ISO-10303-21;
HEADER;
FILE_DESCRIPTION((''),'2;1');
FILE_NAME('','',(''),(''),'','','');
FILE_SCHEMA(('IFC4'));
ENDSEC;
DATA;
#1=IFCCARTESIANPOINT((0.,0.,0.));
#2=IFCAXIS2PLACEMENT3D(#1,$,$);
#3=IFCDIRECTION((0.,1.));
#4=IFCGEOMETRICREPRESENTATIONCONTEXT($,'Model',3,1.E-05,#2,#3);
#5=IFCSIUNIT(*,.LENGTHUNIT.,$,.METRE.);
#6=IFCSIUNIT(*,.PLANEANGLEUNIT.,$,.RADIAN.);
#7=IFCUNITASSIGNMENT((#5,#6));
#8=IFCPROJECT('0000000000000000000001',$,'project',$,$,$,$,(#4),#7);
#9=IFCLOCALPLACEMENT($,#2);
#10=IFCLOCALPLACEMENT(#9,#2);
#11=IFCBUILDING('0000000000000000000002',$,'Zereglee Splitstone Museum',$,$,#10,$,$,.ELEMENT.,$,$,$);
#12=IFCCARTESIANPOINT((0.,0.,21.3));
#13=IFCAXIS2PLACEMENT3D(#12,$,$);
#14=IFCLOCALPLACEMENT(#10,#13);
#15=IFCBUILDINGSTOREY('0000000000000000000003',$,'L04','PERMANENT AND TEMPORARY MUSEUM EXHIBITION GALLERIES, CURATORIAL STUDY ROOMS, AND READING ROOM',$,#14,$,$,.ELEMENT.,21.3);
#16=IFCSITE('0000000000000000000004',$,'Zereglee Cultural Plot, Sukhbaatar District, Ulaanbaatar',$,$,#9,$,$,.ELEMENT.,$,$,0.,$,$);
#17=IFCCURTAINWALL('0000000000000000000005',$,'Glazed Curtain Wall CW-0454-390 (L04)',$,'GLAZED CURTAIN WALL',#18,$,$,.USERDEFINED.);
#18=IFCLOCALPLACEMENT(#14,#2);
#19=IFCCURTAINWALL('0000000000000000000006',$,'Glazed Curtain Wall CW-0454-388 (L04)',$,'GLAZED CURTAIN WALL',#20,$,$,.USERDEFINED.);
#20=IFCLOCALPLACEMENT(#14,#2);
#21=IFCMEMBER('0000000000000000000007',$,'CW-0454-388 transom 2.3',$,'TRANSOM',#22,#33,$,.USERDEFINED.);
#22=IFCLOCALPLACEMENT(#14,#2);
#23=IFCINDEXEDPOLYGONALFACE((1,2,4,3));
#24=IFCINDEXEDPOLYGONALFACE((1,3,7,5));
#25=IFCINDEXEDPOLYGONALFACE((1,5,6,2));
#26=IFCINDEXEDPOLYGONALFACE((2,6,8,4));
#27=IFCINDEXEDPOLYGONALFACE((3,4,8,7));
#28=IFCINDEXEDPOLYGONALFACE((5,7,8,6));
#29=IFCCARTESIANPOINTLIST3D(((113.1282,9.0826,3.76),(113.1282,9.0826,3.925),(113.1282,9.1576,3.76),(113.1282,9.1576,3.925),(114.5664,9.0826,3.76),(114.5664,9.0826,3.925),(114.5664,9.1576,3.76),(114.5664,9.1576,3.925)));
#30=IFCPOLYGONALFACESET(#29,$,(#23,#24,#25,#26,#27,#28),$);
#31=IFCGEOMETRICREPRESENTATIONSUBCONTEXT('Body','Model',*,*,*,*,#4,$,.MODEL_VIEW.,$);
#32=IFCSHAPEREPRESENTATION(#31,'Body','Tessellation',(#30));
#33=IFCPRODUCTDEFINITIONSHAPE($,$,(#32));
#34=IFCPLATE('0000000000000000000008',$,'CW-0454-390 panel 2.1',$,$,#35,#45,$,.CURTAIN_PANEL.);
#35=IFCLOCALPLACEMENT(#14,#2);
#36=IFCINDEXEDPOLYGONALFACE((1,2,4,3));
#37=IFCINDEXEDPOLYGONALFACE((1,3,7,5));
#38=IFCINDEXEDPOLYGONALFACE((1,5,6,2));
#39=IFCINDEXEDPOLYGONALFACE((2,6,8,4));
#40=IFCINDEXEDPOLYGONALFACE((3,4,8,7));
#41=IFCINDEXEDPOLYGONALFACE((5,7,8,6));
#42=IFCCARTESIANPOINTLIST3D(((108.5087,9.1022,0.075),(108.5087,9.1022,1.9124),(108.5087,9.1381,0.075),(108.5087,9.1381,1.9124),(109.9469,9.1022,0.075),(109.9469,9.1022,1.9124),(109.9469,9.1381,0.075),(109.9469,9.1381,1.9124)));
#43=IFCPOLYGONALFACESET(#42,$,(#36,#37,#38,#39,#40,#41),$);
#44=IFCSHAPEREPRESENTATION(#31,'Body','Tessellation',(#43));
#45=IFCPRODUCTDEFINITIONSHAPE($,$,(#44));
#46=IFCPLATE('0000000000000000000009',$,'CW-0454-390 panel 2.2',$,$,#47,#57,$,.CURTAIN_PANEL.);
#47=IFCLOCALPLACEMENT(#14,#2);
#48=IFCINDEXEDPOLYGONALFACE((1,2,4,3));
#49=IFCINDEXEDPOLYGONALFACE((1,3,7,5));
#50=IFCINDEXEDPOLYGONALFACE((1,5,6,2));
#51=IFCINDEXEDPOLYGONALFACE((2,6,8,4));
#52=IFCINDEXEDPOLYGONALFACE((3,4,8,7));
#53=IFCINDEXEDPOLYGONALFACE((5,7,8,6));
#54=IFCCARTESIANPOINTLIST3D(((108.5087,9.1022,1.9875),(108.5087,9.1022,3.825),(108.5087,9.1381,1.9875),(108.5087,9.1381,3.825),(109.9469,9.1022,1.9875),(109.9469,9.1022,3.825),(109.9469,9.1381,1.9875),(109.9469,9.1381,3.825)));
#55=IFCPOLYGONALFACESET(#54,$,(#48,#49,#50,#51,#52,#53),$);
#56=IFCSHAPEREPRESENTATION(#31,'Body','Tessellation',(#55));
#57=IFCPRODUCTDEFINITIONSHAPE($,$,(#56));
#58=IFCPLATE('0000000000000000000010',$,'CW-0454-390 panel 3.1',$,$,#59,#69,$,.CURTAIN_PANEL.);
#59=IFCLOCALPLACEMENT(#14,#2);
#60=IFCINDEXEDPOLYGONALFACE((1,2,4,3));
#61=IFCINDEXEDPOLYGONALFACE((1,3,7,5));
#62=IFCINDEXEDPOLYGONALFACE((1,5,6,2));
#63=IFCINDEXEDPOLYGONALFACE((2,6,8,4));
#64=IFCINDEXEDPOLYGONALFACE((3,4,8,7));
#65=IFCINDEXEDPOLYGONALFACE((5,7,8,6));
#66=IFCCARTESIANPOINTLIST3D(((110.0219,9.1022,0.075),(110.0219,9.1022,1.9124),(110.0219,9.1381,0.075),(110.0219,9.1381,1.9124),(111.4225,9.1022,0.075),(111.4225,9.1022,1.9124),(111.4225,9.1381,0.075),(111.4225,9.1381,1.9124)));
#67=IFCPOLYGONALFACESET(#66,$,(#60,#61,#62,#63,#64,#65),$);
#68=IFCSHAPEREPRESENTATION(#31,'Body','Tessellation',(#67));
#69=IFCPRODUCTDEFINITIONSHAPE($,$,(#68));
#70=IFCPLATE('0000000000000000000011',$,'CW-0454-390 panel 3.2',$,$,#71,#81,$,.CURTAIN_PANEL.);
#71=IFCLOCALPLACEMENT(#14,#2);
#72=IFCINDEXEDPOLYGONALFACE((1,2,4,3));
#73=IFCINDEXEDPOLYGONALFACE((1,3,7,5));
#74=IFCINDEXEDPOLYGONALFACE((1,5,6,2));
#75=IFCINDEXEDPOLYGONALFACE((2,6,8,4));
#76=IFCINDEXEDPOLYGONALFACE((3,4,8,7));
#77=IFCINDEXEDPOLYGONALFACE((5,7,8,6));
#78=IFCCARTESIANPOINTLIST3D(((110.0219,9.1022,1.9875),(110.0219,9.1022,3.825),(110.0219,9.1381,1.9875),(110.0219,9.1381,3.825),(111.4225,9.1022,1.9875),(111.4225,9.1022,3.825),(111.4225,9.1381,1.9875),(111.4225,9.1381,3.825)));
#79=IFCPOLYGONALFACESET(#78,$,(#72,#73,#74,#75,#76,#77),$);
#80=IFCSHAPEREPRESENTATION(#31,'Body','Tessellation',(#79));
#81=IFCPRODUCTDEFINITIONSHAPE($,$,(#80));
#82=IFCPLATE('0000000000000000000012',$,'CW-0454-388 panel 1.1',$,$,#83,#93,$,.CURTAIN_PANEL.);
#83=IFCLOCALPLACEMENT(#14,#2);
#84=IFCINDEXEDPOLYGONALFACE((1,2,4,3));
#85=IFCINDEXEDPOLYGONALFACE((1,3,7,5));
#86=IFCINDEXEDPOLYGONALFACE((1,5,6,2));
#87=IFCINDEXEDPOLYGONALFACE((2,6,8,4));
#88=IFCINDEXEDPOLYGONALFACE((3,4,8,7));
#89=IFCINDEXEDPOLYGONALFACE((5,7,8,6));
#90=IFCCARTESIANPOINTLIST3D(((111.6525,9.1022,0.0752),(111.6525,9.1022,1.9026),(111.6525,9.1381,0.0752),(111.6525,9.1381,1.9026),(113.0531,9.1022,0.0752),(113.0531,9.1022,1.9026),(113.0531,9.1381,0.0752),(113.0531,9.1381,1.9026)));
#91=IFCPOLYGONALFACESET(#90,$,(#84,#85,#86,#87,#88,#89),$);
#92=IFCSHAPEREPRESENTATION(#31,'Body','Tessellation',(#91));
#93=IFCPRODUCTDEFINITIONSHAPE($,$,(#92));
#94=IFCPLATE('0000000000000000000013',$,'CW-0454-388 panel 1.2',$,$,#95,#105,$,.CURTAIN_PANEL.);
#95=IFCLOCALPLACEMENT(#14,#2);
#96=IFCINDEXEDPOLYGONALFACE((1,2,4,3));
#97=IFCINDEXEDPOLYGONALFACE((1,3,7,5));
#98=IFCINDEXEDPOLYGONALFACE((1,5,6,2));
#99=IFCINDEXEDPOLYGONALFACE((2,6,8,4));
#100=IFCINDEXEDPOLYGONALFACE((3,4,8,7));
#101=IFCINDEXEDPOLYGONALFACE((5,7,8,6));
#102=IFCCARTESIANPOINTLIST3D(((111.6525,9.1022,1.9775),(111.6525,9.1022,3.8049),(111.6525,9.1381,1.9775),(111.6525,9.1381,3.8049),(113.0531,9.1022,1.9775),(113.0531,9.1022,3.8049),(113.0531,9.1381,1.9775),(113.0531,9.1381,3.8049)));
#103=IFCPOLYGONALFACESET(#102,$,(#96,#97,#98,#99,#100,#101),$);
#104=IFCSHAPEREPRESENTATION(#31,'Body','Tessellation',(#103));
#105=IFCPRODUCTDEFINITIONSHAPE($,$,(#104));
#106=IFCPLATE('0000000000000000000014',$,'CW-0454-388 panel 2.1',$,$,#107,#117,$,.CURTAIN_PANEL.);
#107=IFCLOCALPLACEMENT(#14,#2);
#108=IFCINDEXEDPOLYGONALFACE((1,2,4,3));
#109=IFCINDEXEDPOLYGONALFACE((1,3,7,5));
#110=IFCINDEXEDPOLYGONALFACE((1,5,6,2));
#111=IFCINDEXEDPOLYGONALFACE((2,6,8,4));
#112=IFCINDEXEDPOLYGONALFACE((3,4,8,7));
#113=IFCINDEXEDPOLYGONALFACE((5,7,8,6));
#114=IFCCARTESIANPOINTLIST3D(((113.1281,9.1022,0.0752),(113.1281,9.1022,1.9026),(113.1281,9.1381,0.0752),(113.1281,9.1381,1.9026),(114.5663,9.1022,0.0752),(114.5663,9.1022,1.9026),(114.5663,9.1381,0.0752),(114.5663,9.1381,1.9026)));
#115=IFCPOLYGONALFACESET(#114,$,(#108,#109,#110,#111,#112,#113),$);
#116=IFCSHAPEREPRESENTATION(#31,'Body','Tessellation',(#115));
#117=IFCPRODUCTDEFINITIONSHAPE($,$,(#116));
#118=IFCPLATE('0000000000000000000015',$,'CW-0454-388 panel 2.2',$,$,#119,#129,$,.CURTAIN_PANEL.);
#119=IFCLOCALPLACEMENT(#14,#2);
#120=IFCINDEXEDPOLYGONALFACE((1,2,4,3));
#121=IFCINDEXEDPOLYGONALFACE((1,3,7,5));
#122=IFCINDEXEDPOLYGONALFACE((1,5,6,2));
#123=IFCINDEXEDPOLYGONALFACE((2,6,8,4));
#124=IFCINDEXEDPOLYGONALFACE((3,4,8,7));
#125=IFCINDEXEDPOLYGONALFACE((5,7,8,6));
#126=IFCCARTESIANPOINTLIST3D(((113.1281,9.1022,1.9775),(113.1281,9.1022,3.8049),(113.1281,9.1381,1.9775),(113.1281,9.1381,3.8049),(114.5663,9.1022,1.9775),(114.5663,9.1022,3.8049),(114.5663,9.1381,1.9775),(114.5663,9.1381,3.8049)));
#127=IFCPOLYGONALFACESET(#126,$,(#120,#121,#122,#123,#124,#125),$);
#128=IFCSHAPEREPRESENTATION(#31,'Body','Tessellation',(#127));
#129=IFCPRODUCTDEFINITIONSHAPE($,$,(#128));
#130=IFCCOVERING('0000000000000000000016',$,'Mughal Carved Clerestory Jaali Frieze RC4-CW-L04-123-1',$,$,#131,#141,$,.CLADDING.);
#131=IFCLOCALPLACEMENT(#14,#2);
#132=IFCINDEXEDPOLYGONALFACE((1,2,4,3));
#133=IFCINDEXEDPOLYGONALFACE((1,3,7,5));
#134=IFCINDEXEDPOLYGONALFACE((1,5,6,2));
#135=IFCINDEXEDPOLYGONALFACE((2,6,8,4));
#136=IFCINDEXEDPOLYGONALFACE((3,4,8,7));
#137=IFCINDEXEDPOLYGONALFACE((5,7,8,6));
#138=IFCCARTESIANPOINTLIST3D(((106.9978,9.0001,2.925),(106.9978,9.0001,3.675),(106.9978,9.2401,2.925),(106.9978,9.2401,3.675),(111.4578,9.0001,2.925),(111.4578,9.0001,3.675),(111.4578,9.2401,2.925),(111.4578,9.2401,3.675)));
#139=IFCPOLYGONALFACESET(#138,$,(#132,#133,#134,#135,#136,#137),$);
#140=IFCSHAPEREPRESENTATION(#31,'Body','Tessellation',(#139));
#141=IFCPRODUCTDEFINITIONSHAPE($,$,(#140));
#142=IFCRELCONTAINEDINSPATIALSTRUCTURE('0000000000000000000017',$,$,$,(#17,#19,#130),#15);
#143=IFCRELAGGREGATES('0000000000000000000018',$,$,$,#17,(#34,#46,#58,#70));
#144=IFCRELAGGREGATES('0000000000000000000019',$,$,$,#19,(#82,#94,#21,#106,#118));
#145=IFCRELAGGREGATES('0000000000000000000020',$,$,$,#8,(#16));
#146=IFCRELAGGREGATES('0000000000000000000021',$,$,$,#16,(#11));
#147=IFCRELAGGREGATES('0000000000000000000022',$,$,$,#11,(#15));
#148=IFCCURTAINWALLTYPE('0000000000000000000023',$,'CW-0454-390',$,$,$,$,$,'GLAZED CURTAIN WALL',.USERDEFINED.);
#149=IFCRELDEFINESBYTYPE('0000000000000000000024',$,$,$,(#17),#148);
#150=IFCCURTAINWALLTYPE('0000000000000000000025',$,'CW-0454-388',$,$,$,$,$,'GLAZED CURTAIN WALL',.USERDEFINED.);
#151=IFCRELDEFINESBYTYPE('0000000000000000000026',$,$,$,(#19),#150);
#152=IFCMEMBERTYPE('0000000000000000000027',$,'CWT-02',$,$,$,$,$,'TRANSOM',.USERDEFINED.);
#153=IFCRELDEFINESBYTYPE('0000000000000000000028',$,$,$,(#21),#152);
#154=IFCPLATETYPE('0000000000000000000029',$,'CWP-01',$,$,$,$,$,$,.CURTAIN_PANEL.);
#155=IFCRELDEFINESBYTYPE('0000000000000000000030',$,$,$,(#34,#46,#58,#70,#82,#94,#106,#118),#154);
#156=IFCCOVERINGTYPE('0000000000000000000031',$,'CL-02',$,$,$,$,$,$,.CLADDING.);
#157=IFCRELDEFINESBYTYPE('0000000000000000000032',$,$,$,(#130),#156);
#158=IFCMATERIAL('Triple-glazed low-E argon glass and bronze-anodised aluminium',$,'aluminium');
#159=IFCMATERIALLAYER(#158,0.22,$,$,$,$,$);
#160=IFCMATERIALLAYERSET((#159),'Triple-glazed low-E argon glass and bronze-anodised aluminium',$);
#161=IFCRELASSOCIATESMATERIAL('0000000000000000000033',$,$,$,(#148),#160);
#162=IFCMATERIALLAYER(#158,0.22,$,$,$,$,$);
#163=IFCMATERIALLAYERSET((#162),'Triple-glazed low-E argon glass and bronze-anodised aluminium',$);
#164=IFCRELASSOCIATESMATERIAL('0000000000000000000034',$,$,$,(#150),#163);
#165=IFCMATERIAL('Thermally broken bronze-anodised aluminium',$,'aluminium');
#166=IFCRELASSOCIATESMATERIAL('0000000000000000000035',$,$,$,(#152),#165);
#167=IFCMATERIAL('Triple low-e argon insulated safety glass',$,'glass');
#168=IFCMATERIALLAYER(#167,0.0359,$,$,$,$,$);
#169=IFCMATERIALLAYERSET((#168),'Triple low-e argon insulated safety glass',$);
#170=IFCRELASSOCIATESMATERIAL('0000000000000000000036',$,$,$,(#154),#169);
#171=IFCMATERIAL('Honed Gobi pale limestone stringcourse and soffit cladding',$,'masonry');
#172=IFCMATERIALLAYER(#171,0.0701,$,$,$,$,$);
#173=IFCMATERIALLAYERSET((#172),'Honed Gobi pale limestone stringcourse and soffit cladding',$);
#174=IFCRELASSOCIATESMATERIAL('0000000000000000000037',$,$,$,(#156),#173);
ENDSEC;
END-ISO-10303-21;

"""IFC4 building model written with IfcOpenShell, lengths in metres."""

from ifc_helpers import new_model, si_unit, direction, frame, origin, origin_2d, place, context, subcontext, project, spatial, rectangle, extrude, material, layer, layer_set, material_profile, profile_set, type_object, element, aggregate, save


model = new_model("IFC4")

# Units and contexts
model_context = context("Model", 3, precision=1e-05, world=origin(), true_north=direction((0.0, 1.0)))
body_context = subcontext(model_context, "Body", "Model", "MODEL_VIEW")
ifc_project = project(units=[si_unit("LENGTHUNIT", "METRE"), si_unit("PLANEANGLEUNIT", "RADIAN")], contexts=[model_context])

# Site, building, storey
site_placement = place(None, origin())
site = spatial("IfcSite", under=ifc_project, at=site_placement, Name="Zereglee Cultural Plot, Sukhbaatar District, Ulaanbaatar", CompositionType="ELEMENT", RefElevation=0.0)
building_placement = place(site_placement, origin())
building = spatial("IfcBuilding", under=site, at=building_placement, Name="Zereglee Splitstone Museum", CompositionType="ELEMENT")
storey_placement = place(building_placement, frame((0.0, 0.0, 21.3)))
storey = spatial("IfcBuildingStorey", under=building, at=storey_placement, Name="L04", Description="PERMANENT AND TEMPORARY MUSEUM EXHIBITION GALLERIES, CURATORIAL STUDY ROOMS, AND READING ROOM", CompositionType="ELEMENT", Elevation=21.3)

# Curtain walls
ifc_material_1 = material(Name="Triple-glazed low-E argon glass and bronze-anodised aluminium", Category="aluminium")
ifc_layer_1 = layer(ifc_material_1, 0.22)
ifc_layer_set_1 = layer_set([ifc_layer_1], Name="Triple-glazed low-E argon glass and bronze-anodised aluminium")
curtain_wall_type_1 = type_object("IfcCurtainWallType", Name="CW-0454-390", ElementType="GLAZED CURTAIN WALL", PredefinedType="USERDEFINED", material=ifc_layer_set_1)
curtain_wall_1_placement = place(storey_placement, origin())
curtain_wall_1 = element("IfcCurtainWall", 1, at=curtain_wall_1_placement, inside=storey, type_object=curtain_wall_type_1, Name="Glazed Curtain Wall CW-0454-390 (L04)", ObjectType="GLAZED CURTAIN WALL", PredefinedType="USERDEFINED")
ifc_material_2 = material(Name="Thermally broken bronze-anodised aluminium", Category="aluminium")
ifc_layer_2 = layer(ifc_material_1, 0.22)
ifc_layer_set_2 = layer_set([ifc_layer_2], Name="Triple-glazed low-E argon glass and bronze-anodised aluminium")
curtain_wall_type_2 = type_object("IfcCurtainWallType", Name="CW-0454-388", ElementType="GLAZED CURTAIN WALL", PredefinedType="USERDEFINED", material=ifc_layer_set_2)
curtain_wall_2_placement = place(storey_placement, origin())
curtain_wall_2 = element("IfcCurtainWall", 2, at=curtain_wall_2_placement, inside=storey, type_object=curtain_wall_type_2, Name="Glazed Curtain Wall CW-0454-388 (L04)", ObjectType="GLAZED CURTAIN WALL", PredefinedType="USERDEFINED")

# Member
ifc_material_profile_1 = material_profile(ifc_material_2, rectangle(XDim=0.075, YDim=0.165, at=origin_2d()), Name="CW TRAN 75x165")
ifc_profile_set_1 = profile_set([ifc_material_profile_1], Name="Thermally broken bronze-anodised aluminium")
member_type_1 = type_object("IfcMemberType", Name="CWT-02", ElementType="TRANSOM", PredefinedType="USERDEFINED", material=ifc_profile_set_1)
member_1_placement = place(storey_placement, frame((113.1282, 9.1201, 3.8425), z_axis=(1.0, 0.0, 0.0), x_axis=(0.0, 1.0, 0.0)))
member_1 = element("IfcMember", 3, at=member_1_placement, type_object=member_type_1, Name="CW-0454-388 transom 2.3", ObjectType="TRANSOM", PredefinedType="USERDEFINED", context=body_context, shape_type="SweptSolid", body=[
    extrude(rectangle(XDim=0.075, YDim=0.165, at=origin_2d()), origin(), (0.0, 0.0, 1.0), 1.4382),
])

# Plates
ifc_material_3 = material(Name="Triple low-e argon insulated safety glass", Category="glass")
ifc_layer_3 = layer(ifc_material_3, 0.0359)
ifc_layer_set_3 = layer_set([ifc_layer_3], Name="Triple low-e argon insulated safety glass")
plate_type = type_object("IfcPlateType", Name="CWP-01", PredefinedType="CURTAIN_PANEL", material=ifc_layer_set_3)
plate_1_placement = place(storey_placement, frame((109.2278, 9.1201, 0.075), z_axis=(0.0, 0.0, 1.0), x_axis=(1.0, 0.0, 0.0)))
plate_1 = element("IfcPlate", 4, at=plate_1_placement, type_object=plate_type, Name="CW-0454-390 panel 2.1", PredefinedType="CURTAIN_PANEL", context=body_context, shape_type="SweptSolid", body=[
    extrude(rectangle(XDim=1.4382, YDim=0.0359, at=origin_2d()), origin(), (0.0, 0.0, 1.0), 1.8374),
])
plate_2_placement = place(storey_placement, frame((109.2278, 9.1201, 1.9875), z_axis=(0.0, 0.0, 1.0), x_axis=(1.0, 0.0, 0.0)))
plate_2 = element("IfcPlate", 5, at=plate_2_placement, type_object=plate_type, Name="CW-0454-390 panel 2.2", PredefinedType="CURTAIN_PANEL", context=body_context, shape_type="SweptSolid", body=[
    extrude(rectangle(XDim=1.4382, YDim=0.0359, at=origin_2d()), origin(), (0.0, 0.0, 1.0), 1.8374),
])
plate_3_placement = place(storey_placement, frame((110.7222, 9.1201, 0.075), z_axis=(0.0, 0.0, 1.0), x_axis=(1.0, 0.0, 0.0)))
plate_3 = element("IfcPlate", 6, at=plate_3_placement, type_object=plate_type, Name="CW-0454-390 panel 3.1", PredefinedType="CURTAIN_PANEL", context=body_context, shape_type="SweptSolid", body=[
    extrude(rectangle(XDim=1.4006, YDim=0.0359, at=origin_2d()), origin(), (0.0, 0.0, 1.0), 1.8374),
])
plate_4_placement = place(storey_placement, frame((110.7222, 9.1201, 1.9875), z_axis=(0.0, 0.0, 1.0), x_axis=(1.0, 0.0, 0.0)))
plate_4 = element("IfcPlate", 7, at=plate_4_placement, type_object=plate_type, Name="CW-0454-390 panel 3.2", PredefinedType="CURTAIN_PANEL", context=body_context, shape_type="SweptSolid", body=[
    extrude(rectangle(XDim=1.4006, YDim=0.0359, at=origin_2d()), origin(), (0.0, 0.0, 1.0), 1.8374),
])
aggregate(curtain_wall_1, [plate_1, plate_2, plate_3, plate_4])
plate_5_placement = place(storey_placement, frame((112.3528, 9.1201, 0.0752), z_axis=(0.0, 0.0, 1.0), x_axis=(1.0, 0.0, 0.0)))
plate_5 = element("IfcPlate", 8, at=plate_5_placement, type_object=plate_type, Name="CW-0454-388 panel 1.1", PredefinedType="CURTAIN_PANEL", context=body_context, shape_type="SweptSolid", body=[
    extrude(rectangle(XDim=1.4006, YDim=0.0359, at=origin_2d()), origin(), (0.0, 0.0, 1.0), 1.8274),
])
plate_6_placement = place(storey_placement, frame((112.3528, 9.1201, 1.9775), z_axis=(0.0, 0.0, 1.0), x_axis=(1.0, 0.0, 0.0)))
plate_6 = element("IfcPlate", 9, at=plate_6_placement, type_object=plate_type, Name="CW-0454-388 panel 1.2", PredefinedType="CURTAIN_PANEL", context=body_context, shape_type="SweptSolid", body=[
    extrude(rectangle(XDim=1.4006, YDim=0.0359, at=origin_2d()), origin(), (0.0, 0.0, 1.0), 1.8274),
])
plate_7_placement = place(storey_placement, frame((113.8472, 9.1201, 0.0752), z_axis=(0.0, 0.0, 1.0), x_axis=(1.0, 0.0, 0.0)))
plate_7 = element("IfcPlate", 10, at=plate_7_placement, type_object=plate_type, Name="CW-0454-388 panel 2.1", PredefinedType="CURTAIN_PANEL", context=body_context, shape_type="SweptSolid", body=[
    extrude(rectangle(XDim=1.4382, YDim=0.0359, at=origin_2d()), origin(), (0.0, 0.0, 1.0), 1.8274),
])
plate_8_placement = place(storey_placement, frame((113.8472, 9.1201, 1.9775), z_axis=(0.0, 0.0, 1.0), x_axis=(1.0, 0.0, 0.0)))
plate_8 = element("IfcPlate", 11, at=plate_8_placement, type_object=plate_type, Name="CW-0454-388 panel 2.2", PredefinedType="CURTAIN_PANEL", context=body_context, shape_type="SweptSolid", body=[
    extrude(rectangle(XDim=1.4382, YDim=0.0359, at=origin_2d()), origin(), (0.0, 0.0, 1.0), 1.8274),
])
aggregate(curtain_wall_2, [plate_5, plate_6, member_1, plate_7, plate_8])

# Covering
ifc_material_4 = material(Name="Honed Gobi pale limestone stringcourse and soffit cladding", Category="masonry")
ifc_layer_4 = layer(ifc_material_4, 0.0701)
ifc_layer_set_4 = layer_set([ifc_layer_4], Name="Honed Gobi pale limestone stringcourse and soffit cladding")
covering_type = type_object("IfcCoveringType", Name="CL-02", PredefinedType="CLADDING", material=ifc_layer_set_4)
covering_placement = place(storey_placement, frame((109.2278, 9.1201, 2.925), z_axis=(0.0, 0.0, 1.0), x_axis=(1.0, 0.0, 0.0)))
element("IfcCovering", 12, at=covering_placement, inside=storey, type_object=covering_type, Name="Mughal Carved Clerestory Jaali Frieze RC4-CW-L04-123-1", PredefinedType="CLADDING", context=body_context, shape_type="SweptSolid", body=[
    extrude(rectangle(XDim=4.46, YDim=0.24, at=origin_2d()), origin(), (0.0, 0.0, 1.0), 0.75),
])

save(model, "model.ifc")
